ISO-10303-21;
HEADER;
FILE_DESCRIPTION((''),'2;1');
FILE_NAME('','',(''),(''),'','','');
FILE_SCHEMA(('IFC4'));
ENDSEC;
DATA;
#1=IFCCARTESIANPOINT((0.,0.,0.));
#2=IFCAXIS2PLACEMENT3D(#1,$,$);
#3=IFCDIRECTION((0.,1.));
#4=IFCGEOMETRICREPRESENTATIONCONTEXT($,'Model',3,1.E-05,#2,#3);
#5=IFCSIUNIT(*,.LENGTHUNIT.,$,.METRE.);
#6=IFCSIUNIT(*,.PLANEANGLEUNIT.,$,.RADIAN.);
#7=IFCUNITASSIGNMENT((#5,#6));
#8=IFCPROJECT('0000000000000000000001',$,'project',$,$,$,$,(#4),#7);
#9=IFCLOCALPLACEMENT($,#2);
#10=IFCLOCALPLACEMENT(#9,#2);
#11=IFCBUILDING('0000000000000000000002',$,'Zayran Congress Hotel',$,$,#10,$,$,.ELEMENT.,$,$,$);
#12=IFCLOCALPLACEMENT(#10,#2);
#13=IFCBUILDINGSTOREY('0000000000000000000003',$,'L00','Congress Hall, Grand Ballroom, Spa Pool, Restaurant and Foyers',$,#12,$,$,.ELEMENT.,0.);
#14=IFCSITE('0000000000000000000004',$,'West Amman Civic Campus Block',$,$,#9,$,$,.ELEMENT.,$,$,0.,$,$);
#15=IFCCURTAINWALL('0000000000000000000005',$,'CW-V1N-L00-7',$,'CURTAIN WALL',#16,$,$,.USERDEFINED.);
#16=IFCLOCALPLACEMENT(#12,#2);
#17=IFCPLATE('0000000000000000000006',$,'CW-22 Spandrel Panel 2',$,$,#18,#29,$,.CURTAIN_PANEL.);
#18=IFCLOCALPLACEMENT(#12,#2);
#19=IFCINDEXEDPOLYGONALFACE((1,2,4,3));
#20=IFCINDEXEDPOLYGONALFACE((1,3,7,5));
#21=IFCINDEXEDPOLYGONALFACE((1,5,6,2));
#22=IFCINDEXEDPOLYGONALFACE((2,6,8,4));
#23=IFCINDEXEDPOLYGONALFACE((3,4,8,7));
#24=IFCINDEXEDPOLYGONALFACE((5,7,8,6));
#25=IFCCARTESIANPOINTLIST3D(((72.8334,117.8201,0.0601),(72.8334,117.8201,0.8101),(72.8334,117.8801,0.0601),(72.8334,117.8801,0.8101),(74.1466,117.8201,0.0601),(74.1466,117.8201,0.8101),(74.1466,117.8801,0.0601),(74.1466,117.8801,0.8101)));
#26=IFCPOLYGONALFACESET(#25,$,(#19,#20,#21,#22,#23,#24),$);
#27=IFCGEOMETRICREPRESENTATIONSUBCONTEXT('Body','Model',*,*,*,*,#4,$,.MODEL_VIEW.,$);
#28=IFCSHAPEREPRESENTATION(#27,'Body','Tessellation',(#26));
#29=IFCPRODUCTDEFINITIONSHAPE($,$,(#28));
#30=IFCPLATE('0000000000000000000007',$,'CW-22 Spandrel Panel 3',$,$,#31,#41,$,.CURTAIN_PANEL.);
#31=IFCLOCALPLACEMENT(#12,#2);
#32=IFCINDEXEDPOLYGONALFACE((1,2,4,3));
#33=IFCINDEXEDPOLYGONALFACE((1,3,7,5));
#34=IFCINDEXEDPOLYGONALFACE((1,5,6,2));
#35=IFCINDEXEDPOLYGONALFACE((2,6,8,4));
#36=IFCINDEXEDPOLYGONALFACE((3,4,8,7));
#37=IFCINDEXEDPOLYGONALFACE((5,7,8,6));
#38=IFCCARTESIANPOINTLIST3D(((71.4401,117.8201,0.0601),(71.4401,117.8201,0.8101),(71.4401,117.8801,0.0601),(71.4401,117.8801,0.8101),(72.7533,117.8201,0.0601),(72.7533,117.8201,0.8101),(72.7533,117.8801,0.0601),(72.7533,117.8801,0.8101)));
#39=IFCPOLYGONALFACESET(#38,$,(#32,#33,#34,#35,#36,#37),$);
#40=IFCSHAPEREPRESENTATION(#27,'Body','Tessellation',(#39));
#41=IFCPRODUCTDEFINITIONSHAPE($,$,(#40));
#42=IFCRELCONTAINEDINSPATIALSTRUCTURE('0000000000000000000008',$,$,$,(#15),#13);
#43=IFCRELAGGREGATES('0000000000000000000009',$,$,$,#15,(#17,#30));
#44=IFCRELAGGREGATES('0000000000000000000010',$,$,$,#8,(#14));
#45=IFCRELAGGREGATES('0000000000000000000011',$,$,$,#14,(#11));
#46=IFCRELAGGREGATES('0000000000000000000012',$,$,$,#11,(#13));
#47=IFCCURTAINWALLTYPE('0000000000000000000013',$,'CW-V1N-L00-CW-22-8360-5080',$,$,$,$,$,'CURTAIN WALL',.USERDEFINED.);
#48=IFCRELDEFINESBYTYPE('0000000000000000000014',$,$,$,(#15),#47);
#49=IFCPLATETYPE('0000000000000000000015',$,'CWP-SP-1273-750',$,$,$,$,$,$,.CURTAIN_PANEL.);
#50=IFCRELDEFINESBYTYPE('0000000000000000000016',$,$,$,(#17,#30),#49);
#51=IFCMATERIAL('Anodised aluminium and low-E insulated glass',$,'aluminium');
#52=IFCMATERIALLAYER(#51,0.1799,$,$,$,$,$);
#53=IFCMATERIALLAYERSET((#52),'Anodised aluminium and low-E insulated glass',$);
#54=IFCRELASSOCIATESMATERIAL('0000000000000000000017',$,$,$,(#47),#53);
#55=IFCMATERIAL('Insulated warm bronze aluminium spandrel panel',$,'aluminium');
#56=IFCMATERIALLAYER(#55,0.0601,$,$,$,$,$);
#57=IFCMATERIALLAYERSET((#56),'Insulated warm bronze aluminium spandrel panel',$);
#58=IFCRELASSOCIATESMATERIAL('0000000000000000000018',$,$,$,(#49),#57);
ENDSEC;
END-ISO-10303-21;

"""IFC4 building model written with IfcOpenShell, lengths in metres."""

from ifc_helpers import new_model, si_unit, direction, frame, origin, origin_2d, place, context, subcontext, project, spatial, rectangle, extrude, material, layer, layer_set, type_object, element, aggregate, save


model = new_model("IFC4")

# Units and contexts
model_context = context("Model", 3, precision=1e-05, world=origin(), true_north=direction((0.0, 1.0)))
body_context = subcontext(model_context, "Body", "Model", "MODEL_VIEW")
ifc_project = project(units=[si_unit("LENGTHUNIT", "METRE"), si_unit("PLANEANGLEUNIT", "RADIAN")], contexts=[model_context])

# Site, building, storey
site_placement = place(None, origin())
site = spatial("IfcSite", under=ifc_project, at=site_placement, Name="West Amman Civic Campus Block", CompositionType="ELEMENT", RefElevation=0.0)
building_placement = place(site_placement, origin())
building = spatial("IfcBuilding", under=site, at=building_placement, Name="Zayran Congress Hotel", CompositionType="ELEMENT")
storey_placement = place(building_placement, origin())
storey = spatial("IfcBuildingStorey", under=building, at=storey_placement, Name="L00", Description="Congress Hall, Grand Ballroom, Spa Pool, Restaurant and Foyers", CompositionType="ELEMENT", Elevation=0.0)

# Curtain wall
ifc_material_1 = material(Name="Anodised aluminium and low-E insulated glass", Category="aluminium")
ifc_layer_1 = layer(ifc_material_1, 0.1799)
ifc_layer_set_1 = layer_set([ifc_layer_1], Name="Anodised aluminium and low-E insulated glass")
curtain_wall_type_1 = type_object("IfcCurtainWallType", Name="CW-V1N-L00-CW-22-8360-5080", ElementType="CURTAIN WALL", PredefinedType="USERDEFINED", material=ifc_layer_set_1)
curtain_wall_1_placement = place(storey_placement, origin())
curtain_wall_1 = element("IfcCurtainWall", 1, at=curtain_wall_1_placement, inside=storey, type_object=curtain_wall_type_1, Name="CW-V1N-L00-7", ObjectType="CURTAIN WALL", PredefinedType="USERDEFINED")

# Plates
ifc_material_2 = material(Name="Insulated warm bronze aluminium spandrel panel", Category="aluminium")
ifc_layer_2 = layer(ifc_material_2, 0.0601)
ifc_layer_set_2 = layer_set([ifc_layer_2], Name="Insulated warm bronze aluminium spandrel panel")
plate_type_1 = type_object("IfcPlateType", Name="CWP-SP-1273-750", PredefinedType="CURTAIN_PANEL", material=ifc_layer_set_2)
plate_1_placement = place(storey_placement, frame((73.49, 117.8501, 0.0601), z_axis=(0.0, 0.0, 1.0), x_axis=(1.0, 0.0, 0.0)))
plate_1 = element("IfcPlate", 2, at=plate_1_placement, type_object=plate_type_1, Name="CW-22 Spandrel Panel 2", PredefinedType="CURTAIN_PANEL", context=body_context, shape_type="SweptSolid", body=[
    extrude(rectangle(XDim=1.3132, YDim=0.0601, at=origin_2d()), origin(), (0.0, 0.0, 1.0), 0.75),
])
plate_2_placement = place(storey_placement, frame((72.0967, 117.8501, 0.0601), z_axis=(0.0, 0.0, 1.0), x_axis=(1.0, 0.0, 0.0)))
plate_2 = element("IfcPlate", 3, at=plate_2_placement, type_object=plate_type_1, Name="CW-22 Spandrel Panel 3", PredefinedType="CURTAIN_PANEL", context=body_context, shape_type="SweptSolid", body=[
    extrude(rectangle(XDim=1.3132, YDim=0.0601, at=origin_2d()), origin(), (0.0, 0.0, 1.0), 0.75),
])
aggregate(curtain_wall_1, [plate_1, plate_2])

save(model, "model.ifc")
